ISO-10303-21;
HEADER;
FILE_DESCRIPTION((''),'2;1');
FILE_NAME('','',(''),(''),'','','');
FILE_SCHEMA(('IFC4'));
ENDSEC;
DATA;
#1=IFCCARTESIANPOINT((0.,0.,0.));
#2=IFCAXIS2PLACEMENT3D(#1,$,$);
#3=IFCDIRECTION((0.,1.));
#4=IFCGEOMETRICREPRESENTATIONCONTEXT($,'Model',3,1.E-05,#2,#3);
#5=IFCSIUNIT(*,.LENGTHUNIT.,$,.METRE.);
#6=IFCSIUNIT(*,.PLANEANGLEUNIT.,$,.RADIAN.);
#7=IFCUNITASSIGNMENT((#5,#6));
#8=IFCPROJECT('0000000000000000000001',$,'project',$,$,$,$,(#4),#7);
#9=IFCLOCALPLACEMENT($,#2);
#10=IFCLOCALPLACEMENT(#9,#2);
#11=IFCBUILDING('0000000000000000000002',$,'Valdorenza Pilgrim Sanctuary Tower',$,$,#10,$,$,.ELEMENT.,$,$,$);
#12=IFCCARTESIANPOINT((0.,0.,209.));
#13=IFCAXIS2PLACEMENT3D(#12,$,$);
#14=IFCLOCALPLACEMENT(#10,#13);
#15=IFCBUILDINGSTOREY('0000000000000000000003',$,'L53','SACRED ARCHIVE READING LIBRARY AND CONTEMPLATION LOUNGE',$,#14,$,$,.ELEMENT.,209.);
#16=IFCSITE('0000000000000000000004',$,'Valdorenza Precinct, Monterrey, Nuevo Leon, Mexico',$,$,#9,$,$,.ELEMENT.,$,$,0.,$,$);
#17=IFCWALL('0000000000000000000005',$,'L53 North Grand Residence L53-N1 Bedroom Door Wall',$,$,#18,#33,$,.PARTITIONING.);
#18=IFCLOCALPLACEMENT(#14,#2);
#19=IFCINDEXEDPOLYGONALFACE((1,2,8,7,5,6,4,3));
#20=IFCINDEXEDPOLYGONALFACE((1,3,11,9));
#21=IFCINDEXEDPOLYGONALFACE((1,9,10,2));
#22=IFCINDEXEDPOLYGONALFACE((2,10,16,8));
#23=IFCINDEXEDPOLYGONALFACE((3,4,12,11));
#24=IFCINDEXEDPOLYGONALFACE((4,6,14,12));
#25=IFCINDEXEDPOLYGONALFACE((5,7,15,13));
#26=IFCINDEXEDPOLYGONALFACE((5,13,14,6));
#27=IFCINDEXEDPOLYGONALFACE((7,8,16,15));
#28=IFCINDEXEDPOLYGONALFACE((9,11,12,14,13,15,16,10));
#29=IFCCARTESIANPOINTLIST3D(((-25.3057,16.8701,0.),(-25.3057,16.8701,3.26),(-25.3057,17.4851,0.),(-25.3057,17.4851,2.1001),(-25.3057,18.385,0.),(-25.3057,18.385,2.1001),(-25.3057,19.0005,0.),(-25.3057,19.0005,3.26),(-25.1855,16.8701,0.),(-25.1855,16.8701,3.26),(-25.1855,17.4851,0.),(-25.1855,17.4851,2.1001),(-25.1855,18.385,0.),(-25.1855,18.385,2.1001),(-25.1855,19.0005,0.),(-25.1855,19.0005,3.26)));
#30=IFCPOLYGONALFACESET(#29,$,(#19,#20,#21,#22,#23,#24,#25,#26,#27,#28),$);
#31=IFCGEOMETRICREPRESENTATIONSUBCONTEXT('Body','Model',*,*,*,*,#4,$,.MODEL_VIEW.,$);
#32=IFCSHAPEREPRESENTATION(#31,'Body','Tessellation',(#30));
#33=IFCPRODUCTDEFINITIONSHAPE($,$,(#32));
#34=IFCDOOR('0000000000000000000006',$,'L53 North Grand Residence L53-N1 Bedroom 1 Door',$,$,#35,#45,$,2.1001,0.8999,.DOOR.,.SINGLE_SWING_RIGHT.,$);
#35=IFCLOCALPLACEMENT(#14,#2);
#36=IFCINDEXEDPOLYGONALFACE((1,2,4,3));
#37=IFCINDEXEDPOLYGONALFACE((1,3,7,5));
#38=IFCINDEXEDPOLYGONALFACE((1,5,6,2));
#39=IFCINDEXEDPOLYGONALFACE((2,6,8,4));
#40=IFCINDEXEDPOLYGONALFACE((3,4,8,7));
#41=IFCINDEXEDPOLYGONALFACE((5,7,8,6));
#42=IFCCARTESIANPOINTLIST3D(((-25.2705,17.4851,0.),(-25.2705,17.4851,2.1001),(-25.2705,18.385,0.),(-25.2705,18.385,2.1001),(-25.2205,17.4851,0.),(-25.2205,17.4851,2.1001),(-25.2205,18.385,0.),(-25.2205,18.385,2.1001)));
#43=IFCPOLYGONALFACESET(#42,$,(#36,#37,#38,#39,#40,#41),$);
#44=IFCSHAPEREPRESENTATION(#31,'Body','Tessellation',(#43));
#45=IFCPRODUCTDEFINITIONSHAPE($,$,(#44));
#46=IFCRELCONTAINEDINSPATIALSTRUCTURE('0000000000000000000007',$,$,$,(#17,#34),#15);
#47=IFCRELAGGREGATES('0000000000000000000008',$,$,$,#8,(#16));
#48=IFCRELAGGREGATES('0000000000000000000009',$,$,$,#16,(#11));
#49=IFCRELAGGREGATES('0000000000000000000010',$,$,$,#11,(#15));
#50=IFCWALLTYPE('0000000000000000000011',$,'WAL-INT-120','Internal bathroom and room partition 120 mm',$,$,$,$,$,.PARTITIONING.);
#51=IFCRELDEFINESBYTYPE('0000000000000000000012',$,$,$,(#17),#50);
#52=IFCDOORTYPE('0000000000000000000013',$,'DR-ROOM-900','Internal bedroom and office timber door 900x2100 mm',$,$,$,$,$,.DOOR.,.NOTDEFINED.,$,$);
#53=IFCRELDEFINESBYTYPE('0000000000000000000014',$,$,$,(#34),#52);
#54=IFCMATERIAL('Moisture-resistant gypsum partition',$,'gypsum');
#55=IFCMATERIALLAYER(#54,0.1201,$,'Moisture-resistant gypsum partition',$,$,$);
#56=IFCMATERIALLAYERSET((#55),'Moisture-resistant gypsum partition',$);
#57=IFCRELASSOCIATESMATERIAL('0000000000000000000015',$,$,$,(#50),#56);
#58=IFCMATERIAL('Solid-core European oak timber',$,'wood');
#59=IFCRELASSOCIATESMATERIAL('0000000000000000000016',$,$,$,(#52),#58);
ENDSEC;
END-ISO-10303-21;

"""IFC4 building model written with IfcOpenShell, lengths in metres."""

from ifc_helpers import new_model, si_unit, direction, frame, frame_2d, origin, place, context, subcontext, project, spatial, rectangle, extrude, material, layer, layer_set, type_object, element, fill, save


model = new_model("IFC4")

# Units and contexts
model_context = context("Model", 3, precision=1e-05, world=origin(), true_north=direction((0.0, 1.0)))
body_context = subcontext(model_context, "Body", "Model", "MODEL_VIEW")
ifc_project = project(units=[si_unit("LENGTHUNIT", "METRE"), si_unit("PLANEANGLEUNIT", "RADIAN")], contexts=[model_context])

# Site, building, storey
site_placement = place(None, origin())
site = spatial("IfcSite", under=ifc_project, at=site_placement, Name="Valdorenza Precinct, Monterrey, Nuevo Leon, Mexico", CompositionType="ELEMENT", RefElevation=0.0)
building_placement = place(site_placement, origin())
building = spatial("IfcBuilding", under=site, at=building_placement, Name="Valdorenza Pilgrim Sanctuary Tower", CompositionType="ELEMENT")
storey_placement = place(building_placement, frame((0.0, 0.0, 209.0)))
storey = spatial("IfcBuildingStorey", under=building, at=storey_placement, Name="L53", Description="SACRED ARCHIVE READING LIBRARY AND CONTEMPLATION LOUNGE", CompositionType="ELEMENT", Elevation=209.0)

# Shared definitions
ifc_material_1 = material(Name="Moisture-resistant gypsum partition", Category="gypsum")
ifc_layer_1 = layer(ifc_material_1, 0.1201, Name="Moisture-resistant gypsum partition")
ifc_layer_set_1 = layer_set([ifc_layer_1], Name="Moisture-resistant gypsum partition")
wall_type_1 = type_object("IfcWallType", Name="WAL-INT-120", Description="Internal bathroom and room partition 120 mm", PredefinedType="PARTITIONING", material=ifc_layer_set_1)

# Wall, opening, door
ifc_material_2 = material(Name="Solid-core European oak timber", Category="wood")
door_type_1 = type_object("IfcDoorType", Name="DR-ROOM-900", Description="Internal bedroom and office timber door 900x2100 mm", OperationType="NOTDEFINED", PredefinedType="DOOR", material=ifc_material_2)
wall_1_placement = place(storey_placement, frame((-25.2456, 16.8701, 0.0), z_axis=(0.0, 0.0, 1.0), x_axis=(0.0, 1.0, 0.0)))
wall_1 = element("IfcWall", 1, at=wall_1_placement, inside=storey, type_object=wall_type_1, Name="L53 North Grand Residence L53-N1 Bedroom Door Wall", PredefinedType="PARTITIONING", context=body_context, shape_type="SweptSolid", body=[
    extrude(rectangle(XDim=2.1304, YDim=0.1201, at=frame_2d((1.0652, 0.0))), origin(), (0.0, 0.0, 1.0), 3.26),
])
opening_1_placement = place(wall_1_placement, frame((0.615, 0.0, 0.0)))
opening_1 = element("IfcOpeningElement", 2, at=opening_1_placement, cuts=wall_1, PredefinedType="OPENING", context=body_context, shape_type="SweptSolid", body=[
    extrude(rectangle(XDim=0.8999, YDim=2.1001, at=frame_2d((0.45, 1.05))), frame((0.0, 0.075, 0.0), z_axis=(0.0, -1.0, 0.0), x_axis=(1.0, 0.0, 0.0)), (0.0, 0.0, 1.0), 0.1499),
])
door_1_placement = place(opening_1_placement, origin())
door_1 = element("IfcDoor", 3, at=door_1_placement, inside=storey, type_object=door_type_1, Name="L53 North Grand Residence L53-N1 Bedroom 1 Door", OperationType="SINGLE_SWING_RIGHT", OverallHeight=2.1001, OverallWidth=0.8999, PredefinedType="DOOR", context=body_context, shape_type="SweptSolid", body=[
    extrude(rectangle(XDim=0.8999, YDim=2.1001, at=frame_2d((0.45, 1.05))), frame((0.0, 0.0249, 0.0), z_axis=(0.0, -1.0, 0.0), x_axis=(1.0, 0.0, 0.0)), (0.0, 0.0, 1.0), 0.05),
])
fill(opening_1, door_1)

save(model, "model.ifc")
